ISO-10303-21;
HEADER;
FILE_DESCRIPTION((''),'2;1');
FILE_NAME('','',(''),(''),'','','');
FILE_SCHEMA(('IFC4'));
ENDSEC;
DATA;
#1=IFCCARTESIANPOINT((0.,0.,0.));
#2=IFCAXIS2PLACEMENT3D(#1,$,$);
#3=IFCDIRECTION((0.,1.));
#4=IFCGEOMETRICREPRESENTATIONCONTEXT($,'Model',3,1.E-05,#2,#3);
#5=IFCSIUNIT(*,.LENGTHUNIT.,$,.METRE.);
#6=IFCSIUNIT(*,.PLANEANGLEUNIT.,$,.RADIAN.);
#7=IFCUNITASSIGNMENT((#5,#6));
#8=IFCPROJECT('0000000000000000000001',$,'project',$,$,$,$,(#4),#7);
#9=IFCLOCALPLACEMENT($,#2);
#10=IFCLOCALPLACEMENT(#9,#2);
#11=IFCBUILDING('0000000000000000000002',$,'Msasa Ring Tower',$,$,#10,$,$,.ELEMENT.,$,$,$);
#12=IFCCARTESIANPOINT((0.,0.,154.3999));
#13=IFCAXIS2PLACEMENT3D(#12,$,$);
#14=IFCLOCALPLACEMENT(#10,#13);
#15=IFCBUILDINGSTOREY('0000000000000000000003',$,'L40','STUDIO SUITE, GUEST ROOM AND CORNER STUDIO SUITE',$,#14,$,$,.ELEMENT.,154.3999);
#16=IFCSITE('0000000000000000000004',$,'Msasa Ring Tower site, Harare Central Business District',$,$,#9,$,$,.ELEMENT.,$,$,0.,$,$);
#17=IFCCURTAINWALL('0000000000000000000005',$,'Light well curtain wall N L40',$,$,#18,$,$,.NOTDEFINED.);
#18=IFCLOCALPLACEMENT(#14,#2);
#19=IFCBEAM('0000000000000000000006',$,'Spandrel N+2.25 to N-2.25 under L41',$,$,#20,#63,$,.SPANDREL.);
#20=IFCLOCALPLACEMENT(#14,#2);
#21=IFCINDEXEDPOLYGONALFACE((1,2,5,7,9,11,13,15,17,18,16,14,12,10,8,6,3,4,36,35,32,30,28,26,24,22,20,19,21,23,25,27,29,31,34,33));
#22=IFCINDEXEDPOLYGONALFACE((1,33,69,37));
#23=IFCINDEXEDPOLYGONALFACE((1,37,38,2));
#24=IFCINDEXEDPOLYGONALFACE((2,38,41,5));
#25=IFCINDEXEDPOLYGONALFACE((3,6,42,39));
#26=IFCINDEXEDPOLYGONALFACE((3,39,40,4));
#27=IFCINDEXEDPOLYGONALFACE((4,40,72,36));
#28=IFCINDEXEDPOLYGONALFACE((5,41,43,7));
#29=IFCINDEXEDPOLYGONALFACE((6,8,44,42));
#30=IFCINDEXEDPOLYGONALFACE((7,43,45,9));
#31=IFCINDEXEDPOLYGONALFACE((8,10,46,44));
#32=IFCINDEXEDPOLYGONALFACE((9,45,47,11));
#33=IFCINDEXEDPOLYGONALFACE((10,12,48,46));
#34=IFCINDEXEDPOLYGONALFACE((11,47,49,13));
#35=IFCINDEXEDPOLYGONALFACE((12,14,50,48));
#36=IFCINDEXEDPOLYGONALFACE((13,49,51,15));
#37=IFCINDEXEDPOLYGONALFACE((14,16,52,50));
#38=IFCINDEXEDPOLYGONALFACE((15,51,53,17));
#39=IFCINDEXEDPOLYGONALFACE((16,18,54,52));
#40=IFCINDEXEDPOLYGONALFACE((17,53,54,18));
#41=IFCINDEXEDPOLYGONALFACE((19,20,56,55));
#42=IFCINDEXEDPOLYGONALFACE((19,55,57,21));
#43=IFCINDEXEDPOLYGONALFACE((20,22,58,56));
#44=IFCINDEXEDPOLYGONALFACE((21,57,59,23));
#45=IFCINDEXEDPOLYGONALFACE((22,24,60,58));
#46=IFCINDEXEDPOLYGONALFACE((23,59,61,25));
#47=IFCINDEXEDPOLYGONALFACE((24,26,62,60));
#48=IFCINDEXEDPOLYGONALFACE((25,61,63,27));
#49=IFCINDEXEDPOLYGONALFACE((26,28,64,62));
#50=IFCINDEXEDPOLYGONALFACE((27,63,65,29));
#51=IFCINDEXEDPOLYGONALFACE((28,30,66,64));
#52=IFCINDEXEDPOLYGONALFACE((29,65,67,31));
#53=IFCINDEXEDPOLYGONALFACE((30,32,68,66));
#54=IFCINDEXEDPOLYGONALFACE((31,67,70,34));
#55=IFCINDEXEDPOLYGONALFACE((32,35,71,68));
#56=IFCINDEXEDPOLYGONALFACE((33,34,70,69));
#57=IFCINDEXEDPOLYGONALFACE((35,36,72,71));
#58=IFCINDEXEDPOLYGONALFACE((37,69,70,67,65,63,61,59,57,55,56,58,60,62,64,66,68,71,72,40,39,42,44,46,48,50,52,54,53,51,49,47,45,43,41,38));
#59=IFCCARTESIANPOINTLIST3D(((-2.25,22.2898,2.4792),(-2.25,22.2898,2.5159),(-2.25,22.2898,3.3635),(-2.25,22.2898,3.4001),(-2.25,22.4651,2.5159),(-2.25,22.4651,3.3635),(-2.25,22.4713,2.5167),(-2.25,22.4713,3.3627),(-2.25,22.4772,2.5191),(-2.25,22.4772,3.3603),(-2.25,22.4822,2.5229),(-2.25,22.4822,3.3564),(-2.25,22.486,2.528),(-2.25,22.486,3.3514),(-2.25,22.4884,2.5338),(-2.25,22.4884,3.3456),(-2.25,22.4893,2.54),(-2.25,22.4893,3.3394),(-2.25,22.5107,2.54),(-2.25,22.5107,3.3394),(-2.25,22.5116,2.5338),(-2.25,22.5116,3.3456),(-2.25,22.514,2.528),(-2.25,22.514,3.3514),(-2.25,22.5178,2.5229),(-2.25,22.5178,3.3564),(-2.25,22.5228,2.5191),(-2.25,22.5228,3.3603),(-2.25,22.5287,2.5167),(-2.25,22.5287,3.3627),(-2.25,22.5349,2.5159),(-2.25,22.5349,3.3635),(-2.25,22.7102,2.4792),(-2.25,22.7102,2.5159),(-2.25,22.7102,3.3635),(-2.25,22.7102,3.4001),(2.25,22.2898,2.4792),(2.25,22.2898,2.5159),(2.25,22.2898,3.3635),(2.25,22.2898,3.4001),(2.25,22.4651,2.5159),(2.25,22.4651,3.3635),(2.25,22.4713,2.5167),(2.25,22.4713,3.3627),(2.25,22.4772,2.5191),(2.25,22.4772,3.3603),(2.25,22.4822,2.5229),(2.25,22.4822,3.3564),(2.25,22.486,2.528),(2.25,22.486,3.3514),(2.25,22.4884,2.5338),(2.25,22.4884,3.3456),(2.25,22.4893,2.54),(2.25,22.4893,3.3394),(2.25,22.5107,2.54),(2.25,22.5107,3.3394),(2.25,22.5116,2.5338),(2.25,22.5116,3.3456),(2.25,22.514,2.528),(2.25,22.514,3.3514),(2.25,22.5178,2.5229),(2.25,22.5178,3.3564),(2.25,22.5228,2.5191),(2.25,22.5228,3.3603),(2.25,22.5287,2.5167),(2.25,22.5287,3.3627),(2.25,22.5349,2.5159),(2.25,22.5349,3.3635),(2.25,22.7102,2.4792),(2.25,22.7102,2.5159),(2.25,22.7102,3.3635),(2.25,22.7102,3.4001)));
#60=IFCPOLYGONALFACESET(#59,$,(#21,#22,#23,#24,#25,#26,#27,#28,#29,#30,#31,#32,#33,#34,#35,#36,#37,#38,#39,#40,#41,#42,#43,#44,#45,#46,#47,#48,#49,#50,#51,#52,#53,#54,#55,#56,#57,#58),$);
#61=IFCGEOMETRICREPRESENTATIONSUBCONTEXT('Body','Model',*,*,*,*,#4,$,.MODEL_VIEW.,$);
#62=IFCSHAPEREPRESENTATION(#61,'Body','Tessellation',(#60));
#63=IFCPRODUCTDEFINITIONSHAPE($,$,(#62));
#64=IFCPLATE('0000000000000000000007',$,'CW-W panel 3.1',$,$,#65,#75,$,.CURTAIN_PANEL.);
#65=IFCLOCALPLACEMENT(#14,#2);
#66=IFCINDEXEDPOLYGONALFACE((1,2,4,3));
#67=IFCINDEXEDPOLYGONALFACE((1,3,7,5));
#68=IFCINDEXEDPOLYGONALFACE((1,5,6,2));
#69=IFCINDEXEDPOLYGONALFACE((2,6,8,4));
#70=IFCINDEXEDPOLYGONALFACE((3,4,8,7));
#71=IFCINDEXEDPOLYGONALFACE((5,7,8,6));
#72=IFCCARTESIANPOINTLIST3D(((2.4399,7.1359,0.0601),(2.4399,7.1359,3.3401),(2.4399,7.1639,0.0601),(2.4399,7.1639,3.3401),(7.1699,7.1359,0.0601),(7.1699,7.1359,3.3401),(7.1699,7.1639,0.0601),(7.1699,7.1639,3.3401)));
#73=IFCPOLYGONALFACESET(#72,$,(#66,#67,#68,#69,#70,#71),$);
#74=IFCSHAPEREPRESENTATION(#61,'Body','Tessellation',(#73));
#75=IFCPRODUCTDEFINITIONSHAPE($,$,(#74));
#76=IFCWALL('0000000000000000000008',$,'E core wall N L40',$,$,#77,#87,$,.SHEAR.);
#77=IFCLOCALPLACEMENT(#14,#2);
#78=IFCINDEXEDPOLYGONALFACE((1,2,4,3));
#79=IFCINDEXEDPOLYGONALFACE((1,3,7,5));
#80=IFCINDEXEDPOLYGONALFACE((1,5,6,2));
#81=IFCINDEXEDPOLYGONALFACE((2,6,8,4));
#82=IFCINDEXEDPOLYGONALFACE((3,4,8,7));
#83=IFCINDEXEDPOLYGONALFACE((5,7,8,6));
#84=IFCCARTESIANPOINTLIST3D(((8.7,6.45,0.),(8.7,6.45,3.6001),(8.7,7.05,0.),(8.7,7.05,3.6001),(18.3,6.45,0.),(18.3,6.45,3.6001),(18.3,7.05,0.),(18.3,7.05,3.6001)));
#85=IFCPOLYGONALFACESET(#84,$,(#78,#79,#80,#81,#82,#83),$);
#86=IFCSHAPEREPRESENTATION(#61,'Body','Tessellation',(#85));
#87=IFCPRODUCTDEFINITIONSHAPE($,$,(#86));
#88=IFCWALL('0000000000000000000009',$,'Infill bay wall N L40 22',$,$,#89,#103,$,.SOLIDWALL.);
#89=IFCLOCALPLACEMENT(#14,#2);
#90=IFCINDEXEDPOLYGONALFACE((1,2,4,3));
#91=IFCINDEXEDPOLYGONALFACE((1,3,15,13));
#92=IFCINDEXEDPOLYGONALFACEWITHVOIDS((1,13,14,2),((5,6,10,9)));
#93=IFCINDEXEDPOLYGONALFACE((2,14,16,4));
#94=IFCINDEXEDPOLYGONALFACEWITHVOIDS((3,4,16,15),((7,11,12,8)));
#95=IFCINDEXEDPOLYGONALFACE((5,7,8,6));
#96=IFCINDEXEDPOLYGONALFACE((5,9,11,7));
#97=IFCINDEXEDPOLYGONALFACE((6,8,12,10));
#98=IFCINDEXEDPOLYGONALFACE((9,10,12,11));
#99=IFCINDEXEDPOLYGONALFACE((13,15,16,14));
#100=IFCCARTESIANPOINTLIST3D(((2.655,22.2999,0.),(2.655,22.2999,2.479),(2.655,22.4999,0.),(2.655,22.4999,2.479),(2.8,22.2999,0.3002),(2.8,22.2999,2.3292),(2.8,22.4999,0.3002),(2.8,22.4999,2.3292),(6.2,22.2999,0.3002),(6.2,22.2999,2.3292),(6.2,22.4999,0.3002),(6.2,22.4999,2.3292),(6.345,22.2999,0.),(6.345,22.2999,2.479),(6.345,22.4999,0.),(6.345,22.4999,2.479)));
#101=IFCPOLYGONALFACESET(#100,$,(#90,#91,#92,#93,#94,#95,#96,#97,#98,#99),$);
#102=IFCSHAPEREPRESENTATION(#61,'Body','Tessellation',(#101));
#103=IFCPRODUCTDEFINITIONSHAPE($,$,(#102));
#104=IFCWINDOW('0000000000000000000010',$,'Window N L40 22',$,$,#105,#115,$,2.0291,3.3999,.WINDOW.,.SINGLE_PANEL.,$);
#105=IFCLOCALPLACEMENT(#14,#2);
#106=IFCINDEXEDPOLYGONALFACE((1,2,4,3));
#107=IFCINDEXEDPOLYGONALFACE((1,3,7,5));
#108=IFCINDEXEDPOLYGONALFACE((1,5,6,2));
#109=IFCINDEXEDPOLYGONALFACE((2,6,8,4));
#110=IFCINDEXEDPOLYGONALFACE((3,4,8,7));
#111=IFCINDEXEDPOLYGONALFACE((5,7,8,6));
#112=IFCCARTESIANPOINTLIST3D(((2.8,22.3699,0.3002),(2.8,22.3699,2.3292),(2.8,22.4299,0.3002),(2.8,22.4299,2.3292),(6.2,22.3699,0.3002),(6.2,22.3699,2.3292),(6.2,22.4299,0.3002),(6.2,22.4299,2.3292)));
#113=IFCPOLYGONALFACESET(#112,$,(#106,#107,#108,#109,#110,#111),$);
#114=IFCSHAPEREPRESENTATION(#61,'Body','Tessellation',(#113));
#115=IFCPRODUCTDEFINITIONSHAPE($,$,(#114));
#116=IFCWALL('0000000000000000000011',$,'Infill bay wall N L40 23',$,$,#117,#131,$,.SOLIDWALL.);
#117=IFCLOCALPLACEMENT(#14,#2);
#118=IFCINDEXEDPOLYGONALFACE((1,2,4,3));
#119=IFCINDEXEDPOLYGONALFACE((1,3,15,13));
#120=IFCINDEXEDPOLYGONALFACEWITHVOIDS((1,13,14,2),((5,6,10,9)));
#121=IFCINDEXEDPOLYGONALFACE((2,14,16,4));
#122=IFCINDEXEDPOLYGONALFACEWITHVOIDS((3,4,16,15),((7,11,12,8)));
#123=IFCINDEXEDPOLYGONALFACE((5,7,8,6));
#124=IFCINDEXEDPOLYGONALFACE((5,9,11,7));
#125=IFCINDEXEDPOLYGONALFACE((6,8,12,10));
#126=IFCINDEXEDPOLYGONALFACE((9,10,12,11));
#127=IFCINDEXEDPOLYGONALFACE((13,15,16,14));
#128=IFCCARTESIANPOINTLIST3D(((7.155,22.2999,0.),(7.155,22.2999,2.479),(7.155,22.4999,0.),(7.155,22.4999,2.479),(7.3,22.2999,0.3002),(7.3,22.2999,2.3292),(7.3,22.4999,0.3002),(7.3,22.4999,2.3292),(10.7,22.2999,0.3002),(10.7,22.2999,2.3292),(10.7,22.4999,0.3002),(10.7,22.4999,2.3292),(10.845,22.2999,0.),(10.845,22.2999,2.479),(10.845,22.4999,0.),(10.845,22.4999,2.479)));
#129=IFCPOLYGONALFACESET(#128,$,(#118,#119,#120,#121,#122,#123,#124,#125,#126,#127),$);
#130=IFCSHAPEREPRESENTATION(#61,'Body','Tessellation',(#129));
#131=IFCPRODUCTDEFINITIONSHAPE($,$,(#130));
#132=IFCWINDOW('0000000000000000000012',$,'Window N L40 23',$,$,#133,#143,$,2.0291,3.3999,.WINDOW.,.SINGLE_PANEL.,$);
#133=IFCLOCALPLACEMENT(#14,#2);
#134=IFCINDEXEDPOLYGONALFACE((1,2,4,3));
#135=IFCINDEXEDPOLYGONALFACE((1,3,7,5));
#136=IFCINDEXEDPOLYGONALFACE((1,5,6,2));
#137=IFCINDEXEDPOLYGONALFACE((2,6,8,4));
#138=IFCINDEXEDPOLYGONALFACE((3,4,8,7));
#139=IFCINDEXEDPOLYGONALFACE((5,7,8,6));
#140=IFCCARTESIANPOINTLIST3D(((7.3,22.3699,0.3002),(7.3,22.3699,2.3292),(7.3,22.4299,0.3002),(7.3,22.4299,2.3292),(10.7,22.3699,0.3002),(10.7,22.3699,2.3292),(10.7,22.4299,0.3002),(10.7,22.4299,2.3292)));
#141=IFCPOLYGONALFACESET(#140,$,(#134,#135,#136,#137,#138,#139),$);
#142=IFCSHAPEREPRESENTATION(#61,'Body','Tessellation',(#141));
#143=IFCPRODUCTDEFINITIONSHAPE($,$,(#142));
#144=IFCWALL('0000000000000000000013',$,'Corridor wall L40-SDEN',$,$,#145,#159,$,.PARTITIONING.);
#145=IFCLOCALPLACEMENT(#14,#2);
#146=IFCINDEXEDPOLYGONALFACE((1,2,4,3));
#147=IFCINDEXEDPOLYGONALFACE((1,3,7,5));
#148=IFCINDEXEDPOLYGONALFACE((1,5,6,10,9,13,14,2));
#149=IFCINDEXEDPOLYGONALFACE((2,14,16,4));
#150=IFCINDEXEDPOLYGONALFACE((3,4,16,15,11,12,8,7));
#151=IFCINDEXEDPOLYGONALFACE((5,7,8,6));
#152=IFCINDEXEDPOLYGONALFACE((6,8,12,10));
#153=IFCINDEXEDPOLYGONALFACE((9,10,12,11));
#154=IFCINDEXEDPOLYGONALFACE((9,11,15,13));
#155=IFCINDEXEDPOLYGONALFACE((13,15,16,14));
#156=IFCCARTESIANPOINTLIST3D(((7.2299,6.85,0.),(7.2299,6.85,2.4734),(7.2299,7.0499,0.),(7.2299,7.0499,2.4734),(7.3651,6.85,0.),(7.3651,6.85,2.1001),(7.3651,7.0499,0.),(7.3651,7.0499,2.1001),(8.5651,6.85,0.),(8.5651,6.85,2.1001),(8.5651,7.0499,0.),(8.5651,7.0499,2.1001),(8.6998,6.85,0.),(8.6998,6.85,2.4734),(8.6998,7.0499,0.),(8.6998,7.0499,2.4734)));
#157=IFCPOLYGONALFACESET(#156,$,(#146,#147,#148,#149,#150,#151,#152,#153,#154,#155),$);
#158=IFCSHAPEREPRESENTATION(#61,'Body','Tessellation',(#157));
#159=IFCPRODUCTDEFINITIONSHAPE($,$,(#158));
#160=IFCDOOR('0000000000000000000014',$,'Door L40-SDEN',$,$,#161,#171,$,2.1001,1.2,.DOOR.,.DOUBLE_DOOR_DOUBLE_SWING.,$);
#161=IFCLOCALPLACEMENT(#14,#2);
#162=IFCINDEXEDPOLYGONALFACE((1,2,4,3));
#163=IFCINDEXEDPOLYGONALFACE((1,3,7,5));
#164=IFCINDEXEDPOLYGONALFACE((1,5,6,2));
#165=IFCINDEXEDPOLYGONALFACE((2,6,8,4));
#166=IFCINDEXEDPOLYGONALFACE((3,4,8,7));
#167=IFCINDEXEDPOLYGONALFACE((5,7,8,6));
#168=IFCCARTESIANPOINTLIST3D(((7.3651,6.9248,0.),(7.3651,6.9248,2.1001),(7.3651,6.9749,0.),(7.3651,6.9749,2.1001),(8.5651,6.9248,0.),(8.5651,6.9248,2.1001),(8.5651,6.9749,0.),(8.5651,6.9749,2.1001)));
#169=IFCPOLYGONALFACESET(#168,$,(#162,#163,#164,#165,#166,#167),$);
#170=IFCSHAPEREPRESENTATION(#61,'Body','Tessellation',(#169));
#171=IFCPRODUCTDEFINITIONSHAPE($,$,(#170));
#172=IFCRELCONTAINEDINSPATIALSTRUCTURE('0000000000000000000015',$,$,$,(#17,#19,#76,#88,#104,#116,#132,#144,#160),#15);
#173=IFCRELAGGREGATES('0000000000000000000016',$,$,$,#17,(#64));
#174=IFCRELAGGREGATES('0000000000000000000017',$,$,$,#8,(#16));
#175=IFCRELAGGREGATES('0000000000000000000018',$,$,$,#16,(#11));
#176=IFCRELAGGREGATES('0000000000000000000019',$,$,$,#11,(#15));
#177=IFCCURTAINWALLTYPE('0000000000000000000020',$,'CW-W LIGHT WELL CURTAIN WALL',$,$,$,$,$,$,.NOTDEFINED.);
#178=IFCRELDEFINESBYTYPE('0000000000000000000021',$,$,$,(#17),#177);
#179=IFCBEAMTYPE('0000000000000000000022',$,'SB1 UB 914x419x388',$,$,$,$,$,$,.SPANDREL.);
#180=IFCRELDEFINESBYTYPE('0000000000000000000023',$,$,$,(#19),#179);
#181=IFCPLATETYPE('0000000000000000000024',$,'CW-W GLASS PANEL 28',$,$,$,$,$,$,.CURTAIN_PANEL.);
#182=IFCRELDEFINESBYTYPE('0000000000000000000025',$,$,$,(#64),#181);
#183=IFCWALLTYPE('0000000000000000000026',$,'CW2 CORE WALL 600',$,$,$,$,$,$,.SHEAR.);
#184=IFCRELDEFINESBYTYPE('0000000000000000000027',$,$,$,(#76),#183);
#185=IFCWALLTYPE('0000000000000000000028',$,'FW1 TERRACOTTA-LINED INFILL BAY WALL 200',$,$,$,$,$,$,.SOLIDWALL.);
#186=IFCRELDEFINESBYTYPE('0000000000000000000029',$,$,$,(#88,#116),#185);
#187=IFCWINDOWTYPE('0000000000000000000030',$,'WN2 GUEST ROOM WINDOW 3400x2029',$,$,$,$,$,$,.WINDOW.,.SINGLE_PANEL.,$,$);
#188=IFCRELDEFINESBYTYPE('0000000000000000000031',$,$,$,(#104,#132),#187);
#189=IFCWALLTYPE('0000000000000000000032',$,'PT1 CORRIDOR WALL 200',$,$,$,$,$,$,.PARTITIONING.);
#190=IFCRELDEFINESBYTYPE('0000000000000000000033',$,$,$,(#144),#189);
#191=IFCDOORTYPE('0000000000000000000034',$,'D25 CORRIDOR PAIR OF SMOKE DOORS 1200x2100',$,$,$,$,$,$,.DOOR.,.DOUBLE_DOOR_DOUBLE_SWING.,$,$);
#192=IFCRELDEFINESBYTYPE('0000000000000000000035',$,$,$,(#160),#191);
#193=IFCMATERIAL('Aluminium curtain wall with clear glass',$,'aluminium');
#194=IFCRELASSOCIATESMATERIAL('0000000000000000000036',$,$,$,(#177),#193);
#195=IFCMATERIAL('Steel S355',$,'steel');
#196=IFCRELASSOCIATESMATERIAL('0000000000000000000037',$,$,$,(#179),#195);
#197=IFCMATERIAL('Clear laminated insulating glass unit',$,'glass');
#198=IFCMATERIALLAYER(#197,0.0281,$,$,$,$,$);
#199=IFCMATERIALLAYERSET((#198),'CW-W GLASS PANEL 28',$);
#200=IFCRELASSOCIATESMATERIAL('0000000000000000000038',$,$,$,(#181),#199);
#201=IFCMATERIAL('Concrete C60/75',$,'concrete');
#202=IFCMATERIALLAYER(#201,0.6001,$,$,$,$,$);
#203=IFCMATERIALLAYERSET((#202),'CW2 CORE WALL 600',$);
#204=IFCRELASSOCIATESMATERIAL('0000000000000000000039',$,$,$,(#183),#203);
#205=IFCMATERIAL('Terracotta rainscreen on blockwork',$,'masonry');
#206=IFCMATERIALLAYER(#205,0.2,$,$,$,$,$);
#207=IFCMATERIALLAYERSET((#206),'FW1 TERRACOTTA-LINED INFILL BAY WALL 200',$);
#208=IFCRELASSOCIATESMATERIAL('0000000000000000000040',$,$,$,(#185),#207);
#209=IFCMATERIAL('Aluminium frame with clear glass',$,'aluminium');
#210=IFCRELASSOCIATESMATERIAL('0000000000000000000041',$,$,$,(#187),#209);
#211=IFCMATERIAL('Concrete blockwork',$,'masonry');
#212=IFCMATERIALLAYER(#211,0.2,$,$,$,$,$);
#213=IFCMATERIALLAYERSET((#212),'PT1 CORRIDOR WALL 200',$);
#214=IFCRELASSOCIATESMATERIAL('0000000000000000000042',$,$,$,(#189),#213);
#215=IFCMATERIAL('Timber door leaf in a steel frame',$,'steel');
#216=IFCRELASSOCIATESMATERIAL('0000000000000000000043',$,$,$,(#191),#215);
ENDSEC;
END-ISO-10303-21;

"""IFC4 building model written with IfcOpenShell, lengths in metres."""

from ifc_helpers import new_model, si_unit, direction, frame, frame_2d, origin, origin_2d, place, context, subcontext, project, spatial, rectangle, i_section, extrude, material, layer, layer_set, material_profile, profile_set, type_object, element, fill, aggregate, save


model = new_model("IFC4")

# Units and contexts
model_context = context("Model", 3, precision=1e-05, world=origin(), true_north=direction((0.0, 1.0)))
body_context = subcontext(model_context, "Body", "Model", "MODEL_VIEW")
ifc_project = project(units=[si_unit("LENGTHUNIT", "METRE"), si_unit("PLANEANGLEUNIT", "RADIAN")], contexts=[model_context])

# Site, building, storey
site_placement = place(None, origin())
site = spatial("IfcSite", under=ifc_project, at=site_placement, Name="Msasa Ring Tower site, Harare Central Business District", CompositionType="ELEMENT", RefElevation=0.0)
building_placement = place(site_placement, origin())
building = spatial("IfcBuilding", under=site, at=building_placement, Name="Msasa Ring Tower", CompositionType="ELEMENT")
storey_placement = place(building_placement, frame((0.0, 0.0, 154.3999)))
storey = spatial("IfcBuildingStorey", under=building, at=storey_placement, Name="L40", Description="STUDIO SUITE, GUEST ROOM AND CORNER STUDIO SUITE", CompositionType="ELEMENT", Elevation=154.3999)

# Curtain wall
ifc_material_1 = material(Name="Aluminium curtain wall with clear glass", Category="aluminium")
curtain_wall_type = type_object("IfcCurtainWallType", Name="CW-W LIGHT WELL CURTAIN WALL", PredefinedType="NOTDEFINED", material=ifc_material_1)
curtain_wall_1_placement = place(storey_placement, origin())
curtain_wall_1 = element("IfcCurtainWall", 1, at=curtain_wall_1_placement, inside=storey, type_object=curtain_wall_type, Name="Light well curtain wall N L40", PredefinedType="NOTDEFINED")

# Beam
ifc_material_2 = material(Name="Steel S355", Category="steel")
ifc_material_profile_1 = material_profile(ifc_material_2, i_section(OverallWidth=0.4204, OverallDepth=0.9209, WebThickness=0.0215, FlangeThickness=0.0366, FilletRadius=0.0242, at=origin_2d()), Name="UB 914x419x388")
ifc_profile_set_1 = profile_set([ifc_material_profile_1], Name="Steel S355")
beam_type_1 = type_object("IfcBeamType", Name="SB1 UB 914x419x388", PredefinedType="SPANDREL", material=ifc_profile_set_1)
for number, where, z_axis, x_axis, name in (
    (2, (2.25, 22.5, 2.9397), (-1.0, 0.0, 0.0), (0.0, -1.0, 0.0), "Spandrel N+2.25 to N-2.25 under L41"),
):
    element("IfcBeam", number, at=place(storey_placement, frame(where, z_axis=z_axis, x_axis=x_axis)), inside=storey, type_object=beam_type_1, Name=name, PredefinedType="SPANDREL", context=body_context, shape_type="SweptSolid", body=[
        extrude(i_section(OverallWidth=0.4204, OverallDepth=0.9209, WebThickness=0.0215, FlangeThickness=0.0366, FilletRadius=0.0242, at=origin_2d()), origin(), (0.0, 0.0, 1.0), 4.5),
    ])

# Plate
ifc_material_3 = material(Name="Clear laminated insulating glass unit", Category="glass")
ifc_layer_1 = layer(ifc_material_3, 0.0281)
ifc_layer_set_1 = layer_set([ifc_layer_1], Name="CW-W GLASS PANEL 28")
plate_type = type_object("IfcPlateType", Name="CW-W GLASS PANEL 28", PredefinedType="CURTAIN_PANEL", material=ifc_layer_set_1)
plate_placement = place(storey_placement, frame((4.8049, 7.1499, 0.0601), z_axis=(0.0, 0.0, 1.0), x_axis=(1.0, 0.0, 0.0)))
plate = element("IfcPlate", 3, at=plate_placement, type_object=plate_type, Name="CW-W panel 3.1", PredefinedType="CURTAIN_PANEL", context=body_context, shape_type="SweptSolid", body=[
    extrude(rectangle(XDim=4.73, YDim=0.0281, at=origin_2d()), origin(), (0.0, 0.0, 1.0), 3.28),
])
aggregate(curtain_wall_1, [plate])

# Wall
ifc_material_4 = material(Name="Concrete C60/75", Category="concrete")
ifc_layer_2 = layer(ifc_material_4, 0.6001)
ifc_layer_set_2 = layer_set([ifc_layer_2], Name="CW2 CORE WALL 600")
wall_type_1 = type_object("IfcWallType", Name="CW2 CORE WALL 600", PredefinedType="SHEAR", material=ifc_layer_set_2)
wall_1_placement = place(storey_placement, frame((8.7, 6.75, 0.0), z_axis=(0.0, 0.0, 1.0), x_axis=(1.0, 0.0, 0.0)))
element("IfcWall", 4, at=wall_1_placement, inside=storey, type_object=wall_type_1, Name="E core wall N L40", PredefinedType="SHEAR", context=body_context, shape_type="SweptSolid", body=[
    extrude(rectangle(XDim=9.6001, YDim=0.6001, at=frame_2d((4.8, 0.0))), origin(), (0.0, 0.0, 1.0), 3.6001),
])

# Walls, openings, windows
ifc_material_5 = material(Name="Terracotta rainscreen on blockwork", Category="masonry")
ifc_layer_3 = layer(ifc_material_5, 0.2)
ifc_layer_set_3 = layer_set([ifc_layer_3], Name="FW1 TERRACOTTA-LINED INFILL BAY WALL 200")
wall_type_2 = type_object("IfcWallType", Name="FW1 TERRACOTTA-LINED INFILL BAY WALL 200", PredefinedType="SOLIDWALL", material=ifc_layer_set_3)
wall_2_placement = place(storey_placement, frame((2.655, 22.3999, 0.0), z_axis=(0.0, 0.0, 1.0), x_axis=(1.0, 0.0, 0.0)))
wall_2 = element("IfcWall", 5, at=wall_2_placement, inside=storey, type_object=wall_type_2, Name="Infill bay wall N L40 22", PredefinedType="SOLIDWALL", context=body_context, shape_type="SweptSolid", body=[
    extrude(rectangle(XDim=3.6899, YDim=0.2, at=frame_2d((1.845, 0.0))), origin(), (0.0, 0.0, 1.0), 2.479),
])
opening_1_placement = place(wall_2_placement, frame((0.145, 0.0, 0.3)))
opening_1 = element("IfcOpeningElement", 6, at=opening_1_placement, cuts=wall_2, PredefinedType="OPENING", context=body_context, shape_type="SweptSolid", body=[
    extrude(rectangle(XDim=3.3999, YDim=2.0291, at=frame_2d((1.7, 1.0146))), frame((0.0, 0.1099, 0.0), z_axis=(0.0, -1.0, 0.0), x_axis=(1.0, 0.0, 0.0)), (0.0, 0.0, 1.0), 0.22),
])
ifc_material_6 = material(Name="Aluminium frame with clear glass", Category="aluminium")
window_type = type_object("IfcWindowType", Name="WN2 GUEST ROOM WINDOW 3400x2029", PartitioningType="SINGLE_PANEL", PredefinedType="WINDOW", material=ifc_material_6)
window_1_placement = place(opening_1_placement, origin())
window_1 = element("IfcWindow", 7, at=window_1_placement, inside=storey, type_object=window_type, Name="Window N L40 22", OverallHeight=2.0291, OverallWidth=3.3999, PartitioningType="SINGLE_PANEL", PredefinedType="WINDOW", context=body_context, shape_type="SweptSolid", body=[
    extrude(rectangle(XDim=3.3999, YDim=2.0291, at=frame_2d((1.7, 1.0146))), frame((0.0, 0.03, 0.0), z_axis=(0.0, -1.0, 0.0), x_axis=(1.0, 0.0, 0.0)), (0.0, 0.0, 1.0), 0.0601),
])
fill(opening_1, window_1)
wall_3_placement = place(storey_placement, frame((7.155, 22.3999, 0.0), z_axis=(0.0, 0.0, 1.0), x_axis=(1.0, 0.0, 0.0)))
wall_3 = element("IfcWall", 8, at=wall_3_placement, inside=storey, type_object=wall_type_2, Name="Infill bay wall N L40 23", PredefinedType="SOLIDWALL", context=body_context, shape_type="SweptSolid", body=[
    extrude(rectangle(XDim=3.6899, YDim=0.2, at=frame_2d((1.845, 0.0))), origin(), (0.0, 0.0, 1.0), 2.479),
])
opening_2_placement = place(wall_3_placement, frame((0.145, 0.0, 0.3)))
opening_2 = element("IfcOpeningElement", 9, at=opening_2_placement, cuts=wall_3, PredefinedType="OPENING", context=body_context, shape_type="SweptSolid", body=[
    extrude(rectangle(XDim=3.3999, YDim=2.0291, at=frame_2d((1.7, 1.0146))), frame((0.0, 0.1099, 0.0), z_axis=(0.0, -1.0, 0.0), x_axis=(1.0, 0.0, 0.0)), (0.0, 0.0, 1.0), 0.22),
])
window_2_placement = place(opening_2_placement, origin())
window_2 = element("IfcWindow", 10, at=window_2_placement, inside=storey, type_object=window_type, Name="Window N L40 23", OverallHeight=2.0291, OverallWidth=3.3999, PartitioningType="SINGLE_PANEL", PredefinedType="WINDOW", context=body_context, shape_type="SweptSolid", body=[
    extrude(rectangle(XDim=3.3999, YDim=2.0291, at=frame_2d((1.7, 1.0146))), frame((0.0, 0.03, 0.0), z_axis=(0.0, -1.0, 0.0), x_axis=(1.0, 0.0, 0.0)), (0.0, 0.0, 1.0), 0.0601),
])
fill(opening_2, window_2)

# Wall, opening, door
ifc_material_7 = material(Name="Concrete blockwork", Category="masonry")
ifc_layer_4 = layer(ifc_material_7, 0.2)
ifc_layer_set_4 = layer_set([ifc_layer_4], Name="PT1 CORRIDOR WALL 200")
wall_type_3 = type_object("IfcWallType", Name="PT1 CORRIDOR WALL 200", PredefinedType="PARTITIONING", material=ifc_layer_set_4)
wall_4_placement = place(storey_placement, frame((7.23, 6.95, 0.0), z_axis=(0.0, 0.0, 1.0), x_axis=(1.0, 0.0, 0.0)))
wall_4 = element("IfcWall", 11, at=wall_4_placement, inside=storey, type_object=wall_type_3, Name="Corridor wall L40-SDEN", PredefinedType="PARTITIONING", context=body_context, shape_type="SweptSolid", body=[
    extrude(rectangle(XDim=1.47, YDim=0.2, at=frame_2d((0.7349, 0.0))), origin(), (0.0, 0.0, 1.0), 2.4734),
])
opening_3_placement = place(wall_4_placement, frame((0.135, 0.0, 0.0)))
opening_3 = element("IfcOpeningElement", 12, at=opening_3_placement, cuts=wall_4, PredefinedType="OPENING", context=body_context, shape_type="SweptSolid", body=[
    extrude(rectangle(XDim=1.2, YDim=2.1001, at=frame_2d((0.6001, 1.05))), frame((0.0, 0.1099, 0.0), z_axis=(0.0, -1.0, 0.0), x_axis=(1.0, 0.0, 0.0)), (0.0, 0.0, 1.0), 0.22),
])
ifc_material_8 = material(Name="Timber door leaf in a steel frame", Category="steel")
door_type_1 = type_object("IfcDoorType", Name="D25 CORRIDOR PAIR OF SMOKE DOORS 1200x2100", OperationType="DOUBLE_DOOR_DOUBLE_SWING", PredefinedType="DOOR", material=ifc_material_8)
door_1_placement = place(opening_3_placement, origin())
door_1 = element("IfcDoor", 13, at=door_1_placement, inside=storey, type_object=door_type_1, Name="Door L40-SDEN", OperationType="DOUBLE_DOOR_DOUBLE_SWING", OverallHeight=2.1001, OverallWidth=1.2, PredefinedType="DOOR", context=body_context, shape_type="SweptSolid", body=[
    extrude(rectangle(XDim=1.2, YDim=2.1001, at=frame_2d((0.6001, 1.05))), frame((0.0, 0.0249, 0.0), z_axis=(0.0, -1.0, 0.0), x_axis=(1.0, 0.0, 0.0)), (0.0, 0.0, 1.0), 0.05),
])
fill(opening_3, door_1)

save(model, "model.ifc")
